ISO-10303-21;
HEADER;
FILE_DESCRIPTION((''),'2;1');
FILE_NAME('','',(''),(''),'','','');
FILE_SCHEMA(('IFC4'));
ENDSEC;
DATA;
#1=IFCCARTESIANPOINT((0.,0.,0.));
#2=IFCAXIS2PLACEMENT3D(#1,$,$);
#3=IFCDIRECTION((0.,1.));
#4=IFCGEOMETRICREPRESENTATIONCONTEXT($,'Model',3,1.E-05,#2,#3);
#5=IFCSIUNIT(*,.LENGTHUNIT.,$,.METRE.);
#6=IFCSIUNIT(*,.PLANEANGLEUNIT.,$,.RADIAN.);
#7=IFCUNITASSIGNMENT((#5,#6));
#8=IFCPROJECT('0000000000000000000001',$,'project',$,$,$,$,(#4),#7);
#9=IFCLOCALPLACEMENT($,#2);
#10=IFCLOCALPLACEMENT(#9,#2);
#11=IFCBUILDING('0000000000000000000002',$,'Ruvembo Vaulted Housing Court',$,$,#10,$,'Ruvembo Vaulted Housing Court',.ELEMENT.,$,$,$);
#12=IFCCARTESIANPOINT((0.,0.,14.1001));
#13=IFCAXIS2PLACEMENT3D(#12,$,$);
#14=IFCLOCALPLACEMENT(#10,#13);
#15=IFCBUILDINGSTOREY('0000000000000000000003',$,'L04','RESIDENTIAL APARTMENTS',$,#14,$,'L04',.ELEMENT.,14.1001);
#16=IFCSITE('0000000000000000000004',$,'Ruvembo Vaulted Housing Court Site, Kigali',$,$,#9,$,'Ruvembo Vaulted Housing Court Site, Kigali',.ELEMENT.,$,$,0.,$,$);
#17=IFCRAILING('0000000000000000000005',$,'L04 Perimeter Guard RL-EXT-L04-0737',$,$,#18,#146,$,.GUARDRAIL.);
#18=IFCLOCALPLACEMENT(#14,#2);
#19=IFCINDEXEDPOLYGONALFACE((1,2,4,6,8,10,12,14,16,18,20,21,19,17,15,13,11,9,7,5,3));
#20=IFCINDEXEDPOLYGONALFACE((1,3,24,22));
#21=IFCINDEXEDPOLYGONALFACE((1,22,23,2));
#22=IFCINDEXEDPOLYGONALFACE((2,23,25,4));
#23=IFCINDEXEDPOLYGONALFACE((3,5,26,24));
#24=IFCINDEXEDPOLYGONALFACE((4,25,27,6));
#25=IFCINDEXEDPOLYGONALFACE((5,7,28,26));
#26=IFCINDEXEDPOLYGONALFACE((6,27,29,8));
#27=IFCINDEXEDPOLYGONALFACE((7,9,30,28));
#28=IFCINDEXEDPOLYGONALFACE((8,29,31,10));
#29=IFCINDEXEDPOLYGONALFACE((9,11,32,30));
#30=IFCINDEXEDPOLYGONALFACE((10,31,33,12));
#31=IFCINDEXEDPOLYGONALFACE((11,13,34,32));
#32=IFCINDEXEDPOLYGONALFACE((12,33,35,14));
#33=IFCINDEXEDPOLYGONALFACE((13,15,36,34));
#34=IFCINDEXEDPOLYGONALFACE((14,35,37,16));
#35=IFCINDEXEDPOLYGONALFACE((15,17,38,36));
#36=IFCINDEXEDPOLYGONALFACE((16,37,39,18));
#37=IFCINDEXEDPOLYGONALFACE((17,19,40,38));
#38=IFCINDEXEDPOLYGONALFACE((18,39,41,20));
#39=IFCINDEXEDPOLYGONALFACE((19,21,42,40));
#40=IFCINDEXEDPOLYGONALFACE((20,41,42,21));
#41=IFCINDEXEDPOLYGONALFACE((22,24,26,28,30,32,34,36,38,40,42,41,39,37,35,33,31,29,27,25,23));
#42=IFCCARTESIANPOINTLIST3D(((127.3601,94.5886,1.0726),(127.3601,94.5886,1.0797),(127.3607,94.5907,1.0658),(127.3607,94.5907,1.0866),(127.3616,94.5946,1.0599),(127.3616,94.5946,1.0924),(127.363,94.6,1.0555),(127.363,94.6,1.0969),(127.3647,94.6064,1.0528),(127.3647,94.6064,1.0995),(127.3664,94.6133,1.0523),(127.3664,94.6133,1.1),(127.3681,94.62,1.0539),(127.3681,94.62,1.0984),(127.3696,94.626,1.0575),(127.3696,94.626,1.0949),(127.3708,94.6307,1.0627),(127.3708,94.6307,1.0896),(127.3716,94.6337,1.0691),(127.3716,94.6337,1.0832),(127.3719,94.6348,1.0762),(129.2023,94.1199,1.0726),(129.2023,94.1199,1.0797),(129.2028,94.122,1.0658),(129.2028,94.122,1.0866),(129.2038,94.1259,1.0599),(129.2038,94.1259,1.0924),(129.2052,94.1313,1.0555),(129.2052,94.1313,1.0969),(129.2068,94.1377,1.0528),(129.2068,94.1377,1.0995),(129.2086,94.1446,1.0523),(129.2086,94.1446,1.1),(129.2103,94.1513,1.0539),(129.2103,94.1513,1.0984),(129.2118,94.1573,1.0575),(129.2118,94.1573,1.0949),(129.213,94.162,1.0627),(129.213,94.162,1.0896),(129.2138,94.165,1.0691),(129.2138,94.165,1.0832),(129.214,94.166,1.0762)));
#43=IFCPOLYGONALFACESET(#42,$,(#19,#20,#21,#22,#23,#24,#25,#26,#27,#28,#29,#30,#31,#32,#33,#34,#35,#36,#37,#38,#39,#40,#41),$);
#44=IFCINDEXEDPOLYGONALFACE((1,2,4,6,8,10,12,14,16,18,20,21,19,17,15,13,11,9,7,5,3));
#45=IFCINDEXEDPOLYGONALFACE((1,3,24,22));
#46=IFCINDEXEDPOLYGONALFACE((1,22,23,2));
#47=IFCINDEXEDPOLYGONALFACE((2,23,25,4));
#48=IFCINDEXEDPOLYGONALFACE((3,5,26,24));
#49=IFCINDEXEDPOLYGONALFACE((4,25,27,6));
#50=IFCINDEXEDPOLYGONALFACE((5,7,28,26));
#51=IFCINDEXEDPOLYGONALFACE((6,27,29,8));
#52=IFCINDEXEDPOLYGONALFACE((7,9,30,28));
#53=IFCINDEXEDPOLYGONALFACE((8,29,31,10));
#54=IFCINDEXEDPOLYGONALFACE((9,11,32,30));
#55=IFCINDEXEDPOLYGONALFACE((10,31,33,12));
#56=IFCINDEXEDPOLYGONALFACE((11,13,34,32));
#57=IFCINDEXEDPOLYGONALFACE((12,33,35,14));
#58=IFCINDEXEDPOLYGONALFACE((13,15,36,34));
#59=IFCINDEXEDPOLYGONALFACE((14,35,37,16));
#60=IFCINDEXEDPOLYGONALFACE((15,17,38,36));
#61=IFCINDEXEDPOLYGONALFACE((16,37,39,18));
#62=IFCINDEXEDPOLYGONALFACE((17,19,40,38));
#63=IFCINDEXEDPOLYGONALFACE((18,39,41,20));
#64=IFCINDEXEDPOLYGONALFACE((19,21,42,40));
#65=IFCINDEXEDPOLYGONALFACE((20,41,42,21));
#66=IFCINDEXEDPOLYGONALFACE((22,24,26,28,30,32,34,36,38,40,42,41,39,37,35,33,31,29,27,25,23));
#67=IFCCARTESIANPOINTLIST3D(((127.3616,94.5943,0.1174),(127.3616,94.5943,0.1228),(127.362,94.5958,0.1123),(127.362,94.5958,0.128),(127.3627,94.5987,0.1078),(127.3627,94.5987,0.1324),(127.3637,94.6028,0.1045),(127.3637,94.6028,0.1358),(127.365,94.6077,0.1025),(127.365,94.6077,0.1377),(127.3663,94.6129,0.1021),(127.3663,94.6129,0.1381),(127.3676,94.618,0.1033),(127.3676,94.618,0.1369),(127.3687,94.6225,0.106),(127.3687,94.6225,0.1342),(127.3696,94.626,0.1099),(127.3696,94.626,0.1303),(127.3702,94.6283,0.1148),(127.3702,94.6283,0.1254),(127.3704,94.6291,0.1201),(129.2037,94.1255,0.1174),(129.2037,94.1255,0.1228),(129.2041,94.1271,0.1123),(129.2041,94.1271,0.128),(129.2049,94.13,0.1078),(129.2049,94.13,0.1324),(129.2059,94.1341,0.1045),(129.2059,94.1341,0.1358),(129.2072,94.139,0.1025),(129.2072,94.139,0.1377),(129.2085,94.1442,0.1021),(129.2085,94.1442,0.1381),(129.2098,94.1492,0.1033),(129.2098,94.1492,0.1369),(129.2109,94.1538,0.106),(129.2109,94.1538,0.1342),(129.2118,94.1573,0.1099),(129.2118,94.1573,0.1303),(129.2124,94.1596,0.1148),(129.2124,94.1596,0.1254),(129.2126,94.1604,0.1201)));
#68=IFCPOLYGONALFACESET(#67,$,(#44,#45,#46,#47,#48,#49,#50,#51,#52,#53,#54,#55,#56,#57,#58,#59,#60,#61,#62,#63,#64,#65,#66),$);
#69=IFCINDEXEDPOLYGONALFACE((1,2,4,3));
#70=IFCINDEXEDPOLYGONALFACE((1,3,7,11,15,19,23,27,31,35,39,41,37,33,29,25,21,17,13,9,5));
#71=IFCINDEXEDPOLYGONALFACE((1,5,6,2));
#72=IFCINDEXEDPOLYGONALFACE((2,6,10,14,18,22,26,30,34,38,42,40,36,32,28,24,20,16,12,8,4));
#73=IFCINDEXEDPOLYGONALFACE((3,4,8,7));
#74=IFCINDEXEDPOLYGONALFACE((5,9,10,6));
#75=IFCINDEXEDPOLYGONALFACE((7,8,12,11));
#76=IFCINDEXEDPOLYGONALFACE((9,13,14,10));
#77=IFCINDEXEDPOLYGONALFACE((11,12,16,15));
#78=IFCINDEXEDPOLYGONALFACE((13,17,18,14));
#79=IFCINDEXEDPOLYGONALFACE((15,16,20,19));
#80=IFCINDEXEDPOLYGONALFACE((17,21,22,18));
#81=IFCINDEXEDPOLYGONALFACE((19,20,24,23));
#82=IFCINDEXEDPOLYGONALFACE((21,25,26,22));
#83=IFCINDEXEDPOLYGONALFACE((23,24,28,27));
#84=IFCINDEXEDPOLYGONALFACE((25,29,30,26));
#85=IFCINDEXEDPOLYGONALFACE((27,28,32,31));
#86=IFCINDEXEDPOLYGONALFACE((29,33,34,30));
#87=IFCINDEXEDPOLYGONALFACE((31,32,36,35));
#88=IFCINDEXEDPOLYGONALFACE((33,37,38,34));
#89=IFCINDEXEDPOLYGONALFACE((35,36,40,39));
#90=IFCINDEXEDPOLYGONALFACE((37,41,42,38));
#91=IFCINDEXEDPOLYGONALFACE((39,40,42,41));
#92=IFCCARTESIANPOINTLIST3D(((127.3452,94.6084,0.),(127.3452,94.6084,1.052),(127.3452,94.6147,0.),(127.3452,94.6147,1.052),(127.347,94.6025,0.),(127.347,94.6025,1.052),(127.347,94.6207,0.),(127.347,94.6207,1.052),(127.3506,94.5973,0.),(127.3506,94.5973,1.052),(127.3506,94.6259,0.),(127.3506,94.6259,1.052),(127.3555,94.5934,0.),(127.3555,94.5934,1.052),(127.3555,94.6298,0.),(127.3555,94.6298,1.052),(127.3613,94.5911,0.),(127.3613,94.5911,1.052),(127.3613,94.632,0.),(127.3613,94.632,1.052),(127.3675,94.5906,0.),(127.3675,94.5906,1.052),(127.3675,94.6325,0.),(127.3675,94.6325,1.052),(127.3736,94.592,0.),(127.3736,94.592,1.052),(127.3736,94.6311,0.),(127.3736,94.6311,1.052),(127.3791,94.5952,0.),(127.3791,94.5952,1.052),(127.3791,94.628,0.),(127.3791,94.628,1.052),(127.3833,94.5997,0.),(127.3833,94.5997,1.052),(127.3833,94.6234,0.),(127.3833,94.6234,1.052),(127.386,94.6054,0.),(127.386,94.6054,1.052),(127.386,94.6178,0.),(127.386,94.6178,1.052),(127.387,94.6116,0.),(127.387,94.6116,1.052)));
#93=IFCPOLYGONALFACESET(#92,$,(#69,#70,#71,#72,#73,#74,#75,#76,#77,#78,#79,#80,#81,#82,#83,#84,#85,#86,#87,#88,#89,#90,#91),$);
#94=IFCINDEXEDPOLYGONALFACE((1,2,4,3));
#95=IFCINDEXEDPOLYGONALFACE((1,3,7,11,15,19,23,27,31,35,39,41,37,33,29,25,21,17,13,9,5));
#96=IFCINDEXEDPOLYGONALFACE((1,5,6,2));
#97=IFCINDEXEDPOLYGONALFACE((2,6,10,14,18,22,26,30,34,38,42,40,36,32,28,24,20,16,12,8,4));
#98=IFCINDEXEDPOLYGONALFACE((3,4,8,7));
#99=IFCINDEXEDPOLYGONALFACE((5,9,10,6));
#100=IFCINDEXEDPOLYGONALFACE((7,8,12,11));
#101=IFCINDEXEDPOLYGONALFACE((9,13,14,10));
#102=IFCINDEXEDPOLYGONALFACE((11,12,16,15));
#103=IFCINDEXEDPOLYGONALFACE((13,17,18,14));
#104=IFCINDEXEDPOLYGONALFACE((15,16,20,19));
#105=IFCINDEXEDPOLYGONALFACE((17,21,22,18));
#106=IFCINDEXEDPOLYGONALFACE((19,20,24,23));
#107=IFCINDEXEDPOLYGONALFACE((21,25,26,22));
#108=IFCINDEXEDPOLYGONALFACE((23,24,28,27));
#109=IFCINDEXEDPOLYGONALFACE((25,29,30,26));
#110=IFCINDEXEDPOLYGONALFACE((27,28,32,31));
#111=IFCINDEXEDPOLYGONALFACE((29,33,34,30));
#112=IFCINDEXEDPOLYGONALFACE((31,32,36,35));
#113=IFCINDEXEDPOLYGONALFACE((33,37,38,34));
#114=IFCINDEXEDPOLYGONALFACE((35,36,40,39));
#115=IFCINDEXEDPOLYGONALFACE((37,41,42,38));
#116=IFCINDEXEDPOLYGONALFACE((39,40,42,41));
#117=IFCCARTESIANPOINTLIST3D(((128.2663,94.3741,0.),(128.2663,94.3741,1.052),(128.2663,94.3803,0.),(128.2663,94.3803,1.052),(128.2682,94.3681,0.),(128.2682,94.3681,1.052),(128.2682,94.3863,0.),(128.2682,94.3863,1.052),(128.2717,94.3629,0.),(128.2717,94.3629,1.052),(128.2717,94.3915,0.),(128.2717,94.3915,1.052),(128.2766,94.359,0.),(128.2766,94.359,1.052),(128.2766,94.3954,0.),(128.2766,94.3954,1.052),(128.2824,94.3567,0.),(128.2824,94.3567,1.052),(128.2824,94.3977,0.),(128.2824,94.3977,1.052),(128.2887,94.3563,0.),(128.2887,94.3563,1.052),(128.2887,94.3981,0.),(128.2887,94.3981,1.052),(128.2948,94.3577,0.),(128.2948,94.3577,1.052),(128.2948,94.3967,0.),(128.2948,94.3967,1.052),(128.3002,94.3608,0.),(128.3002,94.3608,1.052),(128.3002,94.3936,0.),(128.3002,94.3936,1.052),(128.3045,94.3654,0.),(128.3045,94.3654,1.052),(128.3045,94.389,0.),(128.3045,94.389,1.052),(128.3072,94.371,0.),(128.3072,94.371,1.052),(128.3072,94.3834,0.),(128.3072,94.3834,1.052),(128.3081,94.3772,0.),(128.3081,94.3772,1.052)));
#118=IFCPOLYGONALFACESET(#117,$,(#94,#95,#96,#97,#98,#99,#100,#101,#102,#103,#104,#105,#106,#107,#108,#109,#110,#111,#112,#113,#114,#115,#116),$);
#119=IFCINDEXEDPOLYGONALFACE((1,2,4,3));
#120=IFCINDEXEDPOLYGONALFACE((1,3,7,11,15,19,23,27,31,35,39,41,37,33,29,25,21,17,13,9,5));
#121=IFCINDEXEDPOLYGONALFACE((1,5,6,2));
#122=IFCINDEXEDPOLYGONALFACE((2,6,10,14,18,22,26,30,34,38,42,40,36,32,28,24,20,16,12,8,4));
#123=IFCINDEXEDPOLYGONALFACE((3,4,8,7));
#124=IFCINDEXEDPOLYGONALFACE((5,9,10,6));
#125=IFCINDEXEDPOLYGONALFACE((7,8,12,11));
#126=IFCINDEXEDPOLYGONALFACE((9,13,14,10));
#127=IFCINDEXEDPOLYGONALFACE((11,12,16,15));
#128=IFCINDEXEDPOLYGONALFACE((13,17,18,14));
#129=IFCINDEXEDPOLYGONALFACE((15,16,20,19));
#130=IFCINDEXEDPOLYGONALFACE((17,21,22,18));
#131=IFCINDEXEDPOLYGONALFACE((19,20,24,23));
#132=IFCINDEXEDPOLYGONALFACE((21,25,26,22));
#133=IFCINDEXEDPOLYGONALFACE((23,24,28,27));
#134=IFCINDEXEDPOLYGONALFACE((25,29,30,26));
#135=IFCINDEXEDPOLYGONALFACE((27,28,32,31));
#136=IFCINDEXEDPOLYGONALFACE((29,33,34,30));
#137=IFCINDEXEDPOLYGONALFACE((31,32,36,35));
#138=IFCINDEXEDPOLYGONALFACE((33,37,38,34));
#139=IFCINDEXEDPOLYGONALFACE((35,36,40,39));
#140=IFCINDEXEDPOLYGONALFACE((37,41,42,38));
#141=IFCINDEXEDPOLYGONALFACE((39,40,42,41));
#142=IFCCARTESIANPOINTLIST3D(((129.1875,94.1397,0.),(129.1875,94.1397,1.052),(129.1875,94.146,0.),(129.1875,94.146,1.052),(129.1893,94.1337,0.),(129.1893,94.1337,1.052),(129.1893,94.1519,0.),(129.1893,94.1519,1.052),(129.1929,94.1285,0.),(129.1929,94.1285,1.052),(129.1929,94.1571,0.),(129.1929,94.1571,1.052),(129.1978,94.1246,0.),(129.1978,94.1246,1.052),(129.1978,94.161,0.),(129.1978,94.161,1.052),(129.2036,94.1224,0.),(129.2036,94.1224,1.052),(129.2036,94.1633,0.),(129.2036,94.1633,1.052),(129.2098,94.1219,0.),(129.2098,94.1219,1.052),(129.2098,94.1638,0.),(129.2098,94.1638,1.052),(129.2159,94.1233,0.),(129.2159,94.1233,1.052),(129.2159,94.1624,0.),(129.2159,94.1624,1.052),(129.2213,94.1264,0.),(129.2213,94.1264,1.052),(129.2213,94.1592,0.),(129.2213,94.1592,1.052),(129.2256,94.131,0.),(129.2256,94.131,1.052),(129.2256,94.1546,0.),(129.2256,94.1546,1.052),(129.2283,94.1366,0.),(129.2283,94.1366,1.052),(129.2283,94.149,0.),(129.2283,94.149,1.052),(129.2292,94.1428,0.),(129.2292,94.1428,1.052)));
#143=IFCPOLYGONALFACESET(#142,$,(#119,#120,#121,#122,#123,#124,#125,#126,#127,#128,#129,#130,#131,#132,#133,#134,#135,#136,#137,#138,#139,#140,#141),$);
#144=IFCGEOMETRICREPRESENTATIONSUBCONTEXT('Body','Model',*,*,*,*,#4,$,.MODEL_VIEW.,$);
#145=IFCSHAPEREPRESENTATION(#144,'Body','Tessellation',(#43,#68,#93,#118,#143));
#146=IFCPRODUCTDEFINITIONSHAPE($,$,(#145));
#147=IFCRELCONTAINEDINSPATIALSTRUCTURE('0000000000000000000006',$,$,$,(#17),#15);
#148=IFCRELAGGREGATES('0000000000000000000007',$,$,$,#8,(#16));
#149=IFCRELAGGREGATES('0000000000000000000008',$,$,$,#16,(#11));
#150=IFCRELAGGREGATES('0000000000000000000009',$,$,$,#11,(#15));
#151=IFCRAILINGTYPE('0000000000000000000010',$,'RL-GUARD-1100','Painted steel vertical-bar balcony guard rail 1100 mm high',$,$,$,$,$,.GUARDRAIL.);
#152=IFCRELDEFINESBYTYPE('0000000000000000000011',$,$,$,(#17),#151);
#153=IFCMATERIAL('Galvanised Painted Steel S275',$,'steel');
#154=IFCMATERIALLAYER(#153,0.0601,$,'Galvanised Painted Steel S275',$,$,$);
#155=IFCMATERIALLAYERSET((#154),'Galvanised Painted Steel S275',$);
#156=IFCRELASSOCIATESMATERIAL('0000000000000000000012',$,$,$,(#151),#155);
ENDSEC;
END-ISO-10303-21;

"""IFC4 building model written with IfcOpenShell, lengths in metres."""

from ifc_helpers import new_model, si_unit, direction, frame, origin, origin_2d, place, context, subcontext, project, spatial, circle, extrude, material, layer, layer_set, type_object, element, save


model = new_model("IFC4")

# Units and contexts
model_context = context("Model", 3, precision=1e-05, world=origin(), true_north=direction((0.0, 1.0)))
body_context = subcontext(model_context, "Body", "Model", "MODEL_VIEW")
ifc_project = project(units=[si_unit("LENGTHUNIT", "METRE"), si_unit("PLANEANGLEUNIT", "RADIAN")], contexts=[model_context])

# Site, building, storey
site_placement = place(None, origin())
site = spatial("IfcSite", under=ifc_project, at=site_placement, Name="Ruvembo Vaulted Housing Court Site, Kigali", LongName="Ruvembo Vaulted Housing Court Site, Kigali", CompositionType="ELEMENT", RefElevation=0.0)
building_placement = place(site_placement, origin())
building = spatial("IfcBuilding", under=site, at=building_placement, Name="Ruvembo Vaulted Housing Court", LongName="Ruvembo Vaulted Housing Court", CompositionType="ELEMENT")
storey_placement = place(building_placement, frame((0.0, 0.0, 14.1001)))
storey = spatial("IfcBuildingStorey", under=building, at=storey_placement, Name="L04", Description="RESIDENTIAL APARTMENTS", LongName="L04", CompositionType="ELEMENT", Elevation=14.1001)

# Railing
ifc_material_1 = material(Name="Galvanised Painted Steel S275", Category="steel")
ifc_layer = layer(ifc_material_1, 0.0601, Name="Galvanised Painted Steel S275")
ifc_layer_set = layer_set([ifc_layer], Name="Galvanised Painted Steel S275")
railing_type = type_object("IfcRailingType", Name="RL-GUARD-1100", Description="Painted steel vertical-bar balcony guard rail 1100 mm high", PredefinedType="GUARDRAIL", material=ifc_layer_set)
railing_1_placement = place(storey_placement, frame((127.366, 94.6116, 0.0)))
element("IfcRailing", 1, at=railing_1_placement, inside=storey, type_object=railing_type, Name="L04 Perimeter Guard RL-EXT-L04-0737", PredefinedType="GUARDRAIL", context=body_context, shape_type="SweptSolid", body=[
    extrude(circle(Radius=0.0239, at=origin_2d()), frame((0.0, 0.0, 1.0762), z_axis=(0.969122, -0.246583, 0.0), x_axis=(0.246583, 0.969122, 0.0)), (0.0, 0.0, 1.0), 1.9009),
    extrude(circle(Radius=0.0181, at=origin_2d()), frame((0.0, 0.0, 0.1201), z_axis=(0.969122, -0.246583, 0.0), x_axis=(0.246583, 0.969122, 0.0)), (0.0, 0.0, 1.0), 1.9009),
    extrude(circle(Radius=0.021, at=origin_2d()), origin(), (0.0, 0.0, 1.0), 1.052),
    extrude(circle(Radius=0.021, at=origin_2d()), frame((0.9211, -0.2344, 0.0)), (0.0, 0.0, 1.0), 1.052),
    extrude(circle(Radius=0.021, at=origin_2d()), frame((1.8423, -0.4688, 0.0)), (0.0, 0.0, 1.0), 1.052),
])

save(model, "model.ifc")
